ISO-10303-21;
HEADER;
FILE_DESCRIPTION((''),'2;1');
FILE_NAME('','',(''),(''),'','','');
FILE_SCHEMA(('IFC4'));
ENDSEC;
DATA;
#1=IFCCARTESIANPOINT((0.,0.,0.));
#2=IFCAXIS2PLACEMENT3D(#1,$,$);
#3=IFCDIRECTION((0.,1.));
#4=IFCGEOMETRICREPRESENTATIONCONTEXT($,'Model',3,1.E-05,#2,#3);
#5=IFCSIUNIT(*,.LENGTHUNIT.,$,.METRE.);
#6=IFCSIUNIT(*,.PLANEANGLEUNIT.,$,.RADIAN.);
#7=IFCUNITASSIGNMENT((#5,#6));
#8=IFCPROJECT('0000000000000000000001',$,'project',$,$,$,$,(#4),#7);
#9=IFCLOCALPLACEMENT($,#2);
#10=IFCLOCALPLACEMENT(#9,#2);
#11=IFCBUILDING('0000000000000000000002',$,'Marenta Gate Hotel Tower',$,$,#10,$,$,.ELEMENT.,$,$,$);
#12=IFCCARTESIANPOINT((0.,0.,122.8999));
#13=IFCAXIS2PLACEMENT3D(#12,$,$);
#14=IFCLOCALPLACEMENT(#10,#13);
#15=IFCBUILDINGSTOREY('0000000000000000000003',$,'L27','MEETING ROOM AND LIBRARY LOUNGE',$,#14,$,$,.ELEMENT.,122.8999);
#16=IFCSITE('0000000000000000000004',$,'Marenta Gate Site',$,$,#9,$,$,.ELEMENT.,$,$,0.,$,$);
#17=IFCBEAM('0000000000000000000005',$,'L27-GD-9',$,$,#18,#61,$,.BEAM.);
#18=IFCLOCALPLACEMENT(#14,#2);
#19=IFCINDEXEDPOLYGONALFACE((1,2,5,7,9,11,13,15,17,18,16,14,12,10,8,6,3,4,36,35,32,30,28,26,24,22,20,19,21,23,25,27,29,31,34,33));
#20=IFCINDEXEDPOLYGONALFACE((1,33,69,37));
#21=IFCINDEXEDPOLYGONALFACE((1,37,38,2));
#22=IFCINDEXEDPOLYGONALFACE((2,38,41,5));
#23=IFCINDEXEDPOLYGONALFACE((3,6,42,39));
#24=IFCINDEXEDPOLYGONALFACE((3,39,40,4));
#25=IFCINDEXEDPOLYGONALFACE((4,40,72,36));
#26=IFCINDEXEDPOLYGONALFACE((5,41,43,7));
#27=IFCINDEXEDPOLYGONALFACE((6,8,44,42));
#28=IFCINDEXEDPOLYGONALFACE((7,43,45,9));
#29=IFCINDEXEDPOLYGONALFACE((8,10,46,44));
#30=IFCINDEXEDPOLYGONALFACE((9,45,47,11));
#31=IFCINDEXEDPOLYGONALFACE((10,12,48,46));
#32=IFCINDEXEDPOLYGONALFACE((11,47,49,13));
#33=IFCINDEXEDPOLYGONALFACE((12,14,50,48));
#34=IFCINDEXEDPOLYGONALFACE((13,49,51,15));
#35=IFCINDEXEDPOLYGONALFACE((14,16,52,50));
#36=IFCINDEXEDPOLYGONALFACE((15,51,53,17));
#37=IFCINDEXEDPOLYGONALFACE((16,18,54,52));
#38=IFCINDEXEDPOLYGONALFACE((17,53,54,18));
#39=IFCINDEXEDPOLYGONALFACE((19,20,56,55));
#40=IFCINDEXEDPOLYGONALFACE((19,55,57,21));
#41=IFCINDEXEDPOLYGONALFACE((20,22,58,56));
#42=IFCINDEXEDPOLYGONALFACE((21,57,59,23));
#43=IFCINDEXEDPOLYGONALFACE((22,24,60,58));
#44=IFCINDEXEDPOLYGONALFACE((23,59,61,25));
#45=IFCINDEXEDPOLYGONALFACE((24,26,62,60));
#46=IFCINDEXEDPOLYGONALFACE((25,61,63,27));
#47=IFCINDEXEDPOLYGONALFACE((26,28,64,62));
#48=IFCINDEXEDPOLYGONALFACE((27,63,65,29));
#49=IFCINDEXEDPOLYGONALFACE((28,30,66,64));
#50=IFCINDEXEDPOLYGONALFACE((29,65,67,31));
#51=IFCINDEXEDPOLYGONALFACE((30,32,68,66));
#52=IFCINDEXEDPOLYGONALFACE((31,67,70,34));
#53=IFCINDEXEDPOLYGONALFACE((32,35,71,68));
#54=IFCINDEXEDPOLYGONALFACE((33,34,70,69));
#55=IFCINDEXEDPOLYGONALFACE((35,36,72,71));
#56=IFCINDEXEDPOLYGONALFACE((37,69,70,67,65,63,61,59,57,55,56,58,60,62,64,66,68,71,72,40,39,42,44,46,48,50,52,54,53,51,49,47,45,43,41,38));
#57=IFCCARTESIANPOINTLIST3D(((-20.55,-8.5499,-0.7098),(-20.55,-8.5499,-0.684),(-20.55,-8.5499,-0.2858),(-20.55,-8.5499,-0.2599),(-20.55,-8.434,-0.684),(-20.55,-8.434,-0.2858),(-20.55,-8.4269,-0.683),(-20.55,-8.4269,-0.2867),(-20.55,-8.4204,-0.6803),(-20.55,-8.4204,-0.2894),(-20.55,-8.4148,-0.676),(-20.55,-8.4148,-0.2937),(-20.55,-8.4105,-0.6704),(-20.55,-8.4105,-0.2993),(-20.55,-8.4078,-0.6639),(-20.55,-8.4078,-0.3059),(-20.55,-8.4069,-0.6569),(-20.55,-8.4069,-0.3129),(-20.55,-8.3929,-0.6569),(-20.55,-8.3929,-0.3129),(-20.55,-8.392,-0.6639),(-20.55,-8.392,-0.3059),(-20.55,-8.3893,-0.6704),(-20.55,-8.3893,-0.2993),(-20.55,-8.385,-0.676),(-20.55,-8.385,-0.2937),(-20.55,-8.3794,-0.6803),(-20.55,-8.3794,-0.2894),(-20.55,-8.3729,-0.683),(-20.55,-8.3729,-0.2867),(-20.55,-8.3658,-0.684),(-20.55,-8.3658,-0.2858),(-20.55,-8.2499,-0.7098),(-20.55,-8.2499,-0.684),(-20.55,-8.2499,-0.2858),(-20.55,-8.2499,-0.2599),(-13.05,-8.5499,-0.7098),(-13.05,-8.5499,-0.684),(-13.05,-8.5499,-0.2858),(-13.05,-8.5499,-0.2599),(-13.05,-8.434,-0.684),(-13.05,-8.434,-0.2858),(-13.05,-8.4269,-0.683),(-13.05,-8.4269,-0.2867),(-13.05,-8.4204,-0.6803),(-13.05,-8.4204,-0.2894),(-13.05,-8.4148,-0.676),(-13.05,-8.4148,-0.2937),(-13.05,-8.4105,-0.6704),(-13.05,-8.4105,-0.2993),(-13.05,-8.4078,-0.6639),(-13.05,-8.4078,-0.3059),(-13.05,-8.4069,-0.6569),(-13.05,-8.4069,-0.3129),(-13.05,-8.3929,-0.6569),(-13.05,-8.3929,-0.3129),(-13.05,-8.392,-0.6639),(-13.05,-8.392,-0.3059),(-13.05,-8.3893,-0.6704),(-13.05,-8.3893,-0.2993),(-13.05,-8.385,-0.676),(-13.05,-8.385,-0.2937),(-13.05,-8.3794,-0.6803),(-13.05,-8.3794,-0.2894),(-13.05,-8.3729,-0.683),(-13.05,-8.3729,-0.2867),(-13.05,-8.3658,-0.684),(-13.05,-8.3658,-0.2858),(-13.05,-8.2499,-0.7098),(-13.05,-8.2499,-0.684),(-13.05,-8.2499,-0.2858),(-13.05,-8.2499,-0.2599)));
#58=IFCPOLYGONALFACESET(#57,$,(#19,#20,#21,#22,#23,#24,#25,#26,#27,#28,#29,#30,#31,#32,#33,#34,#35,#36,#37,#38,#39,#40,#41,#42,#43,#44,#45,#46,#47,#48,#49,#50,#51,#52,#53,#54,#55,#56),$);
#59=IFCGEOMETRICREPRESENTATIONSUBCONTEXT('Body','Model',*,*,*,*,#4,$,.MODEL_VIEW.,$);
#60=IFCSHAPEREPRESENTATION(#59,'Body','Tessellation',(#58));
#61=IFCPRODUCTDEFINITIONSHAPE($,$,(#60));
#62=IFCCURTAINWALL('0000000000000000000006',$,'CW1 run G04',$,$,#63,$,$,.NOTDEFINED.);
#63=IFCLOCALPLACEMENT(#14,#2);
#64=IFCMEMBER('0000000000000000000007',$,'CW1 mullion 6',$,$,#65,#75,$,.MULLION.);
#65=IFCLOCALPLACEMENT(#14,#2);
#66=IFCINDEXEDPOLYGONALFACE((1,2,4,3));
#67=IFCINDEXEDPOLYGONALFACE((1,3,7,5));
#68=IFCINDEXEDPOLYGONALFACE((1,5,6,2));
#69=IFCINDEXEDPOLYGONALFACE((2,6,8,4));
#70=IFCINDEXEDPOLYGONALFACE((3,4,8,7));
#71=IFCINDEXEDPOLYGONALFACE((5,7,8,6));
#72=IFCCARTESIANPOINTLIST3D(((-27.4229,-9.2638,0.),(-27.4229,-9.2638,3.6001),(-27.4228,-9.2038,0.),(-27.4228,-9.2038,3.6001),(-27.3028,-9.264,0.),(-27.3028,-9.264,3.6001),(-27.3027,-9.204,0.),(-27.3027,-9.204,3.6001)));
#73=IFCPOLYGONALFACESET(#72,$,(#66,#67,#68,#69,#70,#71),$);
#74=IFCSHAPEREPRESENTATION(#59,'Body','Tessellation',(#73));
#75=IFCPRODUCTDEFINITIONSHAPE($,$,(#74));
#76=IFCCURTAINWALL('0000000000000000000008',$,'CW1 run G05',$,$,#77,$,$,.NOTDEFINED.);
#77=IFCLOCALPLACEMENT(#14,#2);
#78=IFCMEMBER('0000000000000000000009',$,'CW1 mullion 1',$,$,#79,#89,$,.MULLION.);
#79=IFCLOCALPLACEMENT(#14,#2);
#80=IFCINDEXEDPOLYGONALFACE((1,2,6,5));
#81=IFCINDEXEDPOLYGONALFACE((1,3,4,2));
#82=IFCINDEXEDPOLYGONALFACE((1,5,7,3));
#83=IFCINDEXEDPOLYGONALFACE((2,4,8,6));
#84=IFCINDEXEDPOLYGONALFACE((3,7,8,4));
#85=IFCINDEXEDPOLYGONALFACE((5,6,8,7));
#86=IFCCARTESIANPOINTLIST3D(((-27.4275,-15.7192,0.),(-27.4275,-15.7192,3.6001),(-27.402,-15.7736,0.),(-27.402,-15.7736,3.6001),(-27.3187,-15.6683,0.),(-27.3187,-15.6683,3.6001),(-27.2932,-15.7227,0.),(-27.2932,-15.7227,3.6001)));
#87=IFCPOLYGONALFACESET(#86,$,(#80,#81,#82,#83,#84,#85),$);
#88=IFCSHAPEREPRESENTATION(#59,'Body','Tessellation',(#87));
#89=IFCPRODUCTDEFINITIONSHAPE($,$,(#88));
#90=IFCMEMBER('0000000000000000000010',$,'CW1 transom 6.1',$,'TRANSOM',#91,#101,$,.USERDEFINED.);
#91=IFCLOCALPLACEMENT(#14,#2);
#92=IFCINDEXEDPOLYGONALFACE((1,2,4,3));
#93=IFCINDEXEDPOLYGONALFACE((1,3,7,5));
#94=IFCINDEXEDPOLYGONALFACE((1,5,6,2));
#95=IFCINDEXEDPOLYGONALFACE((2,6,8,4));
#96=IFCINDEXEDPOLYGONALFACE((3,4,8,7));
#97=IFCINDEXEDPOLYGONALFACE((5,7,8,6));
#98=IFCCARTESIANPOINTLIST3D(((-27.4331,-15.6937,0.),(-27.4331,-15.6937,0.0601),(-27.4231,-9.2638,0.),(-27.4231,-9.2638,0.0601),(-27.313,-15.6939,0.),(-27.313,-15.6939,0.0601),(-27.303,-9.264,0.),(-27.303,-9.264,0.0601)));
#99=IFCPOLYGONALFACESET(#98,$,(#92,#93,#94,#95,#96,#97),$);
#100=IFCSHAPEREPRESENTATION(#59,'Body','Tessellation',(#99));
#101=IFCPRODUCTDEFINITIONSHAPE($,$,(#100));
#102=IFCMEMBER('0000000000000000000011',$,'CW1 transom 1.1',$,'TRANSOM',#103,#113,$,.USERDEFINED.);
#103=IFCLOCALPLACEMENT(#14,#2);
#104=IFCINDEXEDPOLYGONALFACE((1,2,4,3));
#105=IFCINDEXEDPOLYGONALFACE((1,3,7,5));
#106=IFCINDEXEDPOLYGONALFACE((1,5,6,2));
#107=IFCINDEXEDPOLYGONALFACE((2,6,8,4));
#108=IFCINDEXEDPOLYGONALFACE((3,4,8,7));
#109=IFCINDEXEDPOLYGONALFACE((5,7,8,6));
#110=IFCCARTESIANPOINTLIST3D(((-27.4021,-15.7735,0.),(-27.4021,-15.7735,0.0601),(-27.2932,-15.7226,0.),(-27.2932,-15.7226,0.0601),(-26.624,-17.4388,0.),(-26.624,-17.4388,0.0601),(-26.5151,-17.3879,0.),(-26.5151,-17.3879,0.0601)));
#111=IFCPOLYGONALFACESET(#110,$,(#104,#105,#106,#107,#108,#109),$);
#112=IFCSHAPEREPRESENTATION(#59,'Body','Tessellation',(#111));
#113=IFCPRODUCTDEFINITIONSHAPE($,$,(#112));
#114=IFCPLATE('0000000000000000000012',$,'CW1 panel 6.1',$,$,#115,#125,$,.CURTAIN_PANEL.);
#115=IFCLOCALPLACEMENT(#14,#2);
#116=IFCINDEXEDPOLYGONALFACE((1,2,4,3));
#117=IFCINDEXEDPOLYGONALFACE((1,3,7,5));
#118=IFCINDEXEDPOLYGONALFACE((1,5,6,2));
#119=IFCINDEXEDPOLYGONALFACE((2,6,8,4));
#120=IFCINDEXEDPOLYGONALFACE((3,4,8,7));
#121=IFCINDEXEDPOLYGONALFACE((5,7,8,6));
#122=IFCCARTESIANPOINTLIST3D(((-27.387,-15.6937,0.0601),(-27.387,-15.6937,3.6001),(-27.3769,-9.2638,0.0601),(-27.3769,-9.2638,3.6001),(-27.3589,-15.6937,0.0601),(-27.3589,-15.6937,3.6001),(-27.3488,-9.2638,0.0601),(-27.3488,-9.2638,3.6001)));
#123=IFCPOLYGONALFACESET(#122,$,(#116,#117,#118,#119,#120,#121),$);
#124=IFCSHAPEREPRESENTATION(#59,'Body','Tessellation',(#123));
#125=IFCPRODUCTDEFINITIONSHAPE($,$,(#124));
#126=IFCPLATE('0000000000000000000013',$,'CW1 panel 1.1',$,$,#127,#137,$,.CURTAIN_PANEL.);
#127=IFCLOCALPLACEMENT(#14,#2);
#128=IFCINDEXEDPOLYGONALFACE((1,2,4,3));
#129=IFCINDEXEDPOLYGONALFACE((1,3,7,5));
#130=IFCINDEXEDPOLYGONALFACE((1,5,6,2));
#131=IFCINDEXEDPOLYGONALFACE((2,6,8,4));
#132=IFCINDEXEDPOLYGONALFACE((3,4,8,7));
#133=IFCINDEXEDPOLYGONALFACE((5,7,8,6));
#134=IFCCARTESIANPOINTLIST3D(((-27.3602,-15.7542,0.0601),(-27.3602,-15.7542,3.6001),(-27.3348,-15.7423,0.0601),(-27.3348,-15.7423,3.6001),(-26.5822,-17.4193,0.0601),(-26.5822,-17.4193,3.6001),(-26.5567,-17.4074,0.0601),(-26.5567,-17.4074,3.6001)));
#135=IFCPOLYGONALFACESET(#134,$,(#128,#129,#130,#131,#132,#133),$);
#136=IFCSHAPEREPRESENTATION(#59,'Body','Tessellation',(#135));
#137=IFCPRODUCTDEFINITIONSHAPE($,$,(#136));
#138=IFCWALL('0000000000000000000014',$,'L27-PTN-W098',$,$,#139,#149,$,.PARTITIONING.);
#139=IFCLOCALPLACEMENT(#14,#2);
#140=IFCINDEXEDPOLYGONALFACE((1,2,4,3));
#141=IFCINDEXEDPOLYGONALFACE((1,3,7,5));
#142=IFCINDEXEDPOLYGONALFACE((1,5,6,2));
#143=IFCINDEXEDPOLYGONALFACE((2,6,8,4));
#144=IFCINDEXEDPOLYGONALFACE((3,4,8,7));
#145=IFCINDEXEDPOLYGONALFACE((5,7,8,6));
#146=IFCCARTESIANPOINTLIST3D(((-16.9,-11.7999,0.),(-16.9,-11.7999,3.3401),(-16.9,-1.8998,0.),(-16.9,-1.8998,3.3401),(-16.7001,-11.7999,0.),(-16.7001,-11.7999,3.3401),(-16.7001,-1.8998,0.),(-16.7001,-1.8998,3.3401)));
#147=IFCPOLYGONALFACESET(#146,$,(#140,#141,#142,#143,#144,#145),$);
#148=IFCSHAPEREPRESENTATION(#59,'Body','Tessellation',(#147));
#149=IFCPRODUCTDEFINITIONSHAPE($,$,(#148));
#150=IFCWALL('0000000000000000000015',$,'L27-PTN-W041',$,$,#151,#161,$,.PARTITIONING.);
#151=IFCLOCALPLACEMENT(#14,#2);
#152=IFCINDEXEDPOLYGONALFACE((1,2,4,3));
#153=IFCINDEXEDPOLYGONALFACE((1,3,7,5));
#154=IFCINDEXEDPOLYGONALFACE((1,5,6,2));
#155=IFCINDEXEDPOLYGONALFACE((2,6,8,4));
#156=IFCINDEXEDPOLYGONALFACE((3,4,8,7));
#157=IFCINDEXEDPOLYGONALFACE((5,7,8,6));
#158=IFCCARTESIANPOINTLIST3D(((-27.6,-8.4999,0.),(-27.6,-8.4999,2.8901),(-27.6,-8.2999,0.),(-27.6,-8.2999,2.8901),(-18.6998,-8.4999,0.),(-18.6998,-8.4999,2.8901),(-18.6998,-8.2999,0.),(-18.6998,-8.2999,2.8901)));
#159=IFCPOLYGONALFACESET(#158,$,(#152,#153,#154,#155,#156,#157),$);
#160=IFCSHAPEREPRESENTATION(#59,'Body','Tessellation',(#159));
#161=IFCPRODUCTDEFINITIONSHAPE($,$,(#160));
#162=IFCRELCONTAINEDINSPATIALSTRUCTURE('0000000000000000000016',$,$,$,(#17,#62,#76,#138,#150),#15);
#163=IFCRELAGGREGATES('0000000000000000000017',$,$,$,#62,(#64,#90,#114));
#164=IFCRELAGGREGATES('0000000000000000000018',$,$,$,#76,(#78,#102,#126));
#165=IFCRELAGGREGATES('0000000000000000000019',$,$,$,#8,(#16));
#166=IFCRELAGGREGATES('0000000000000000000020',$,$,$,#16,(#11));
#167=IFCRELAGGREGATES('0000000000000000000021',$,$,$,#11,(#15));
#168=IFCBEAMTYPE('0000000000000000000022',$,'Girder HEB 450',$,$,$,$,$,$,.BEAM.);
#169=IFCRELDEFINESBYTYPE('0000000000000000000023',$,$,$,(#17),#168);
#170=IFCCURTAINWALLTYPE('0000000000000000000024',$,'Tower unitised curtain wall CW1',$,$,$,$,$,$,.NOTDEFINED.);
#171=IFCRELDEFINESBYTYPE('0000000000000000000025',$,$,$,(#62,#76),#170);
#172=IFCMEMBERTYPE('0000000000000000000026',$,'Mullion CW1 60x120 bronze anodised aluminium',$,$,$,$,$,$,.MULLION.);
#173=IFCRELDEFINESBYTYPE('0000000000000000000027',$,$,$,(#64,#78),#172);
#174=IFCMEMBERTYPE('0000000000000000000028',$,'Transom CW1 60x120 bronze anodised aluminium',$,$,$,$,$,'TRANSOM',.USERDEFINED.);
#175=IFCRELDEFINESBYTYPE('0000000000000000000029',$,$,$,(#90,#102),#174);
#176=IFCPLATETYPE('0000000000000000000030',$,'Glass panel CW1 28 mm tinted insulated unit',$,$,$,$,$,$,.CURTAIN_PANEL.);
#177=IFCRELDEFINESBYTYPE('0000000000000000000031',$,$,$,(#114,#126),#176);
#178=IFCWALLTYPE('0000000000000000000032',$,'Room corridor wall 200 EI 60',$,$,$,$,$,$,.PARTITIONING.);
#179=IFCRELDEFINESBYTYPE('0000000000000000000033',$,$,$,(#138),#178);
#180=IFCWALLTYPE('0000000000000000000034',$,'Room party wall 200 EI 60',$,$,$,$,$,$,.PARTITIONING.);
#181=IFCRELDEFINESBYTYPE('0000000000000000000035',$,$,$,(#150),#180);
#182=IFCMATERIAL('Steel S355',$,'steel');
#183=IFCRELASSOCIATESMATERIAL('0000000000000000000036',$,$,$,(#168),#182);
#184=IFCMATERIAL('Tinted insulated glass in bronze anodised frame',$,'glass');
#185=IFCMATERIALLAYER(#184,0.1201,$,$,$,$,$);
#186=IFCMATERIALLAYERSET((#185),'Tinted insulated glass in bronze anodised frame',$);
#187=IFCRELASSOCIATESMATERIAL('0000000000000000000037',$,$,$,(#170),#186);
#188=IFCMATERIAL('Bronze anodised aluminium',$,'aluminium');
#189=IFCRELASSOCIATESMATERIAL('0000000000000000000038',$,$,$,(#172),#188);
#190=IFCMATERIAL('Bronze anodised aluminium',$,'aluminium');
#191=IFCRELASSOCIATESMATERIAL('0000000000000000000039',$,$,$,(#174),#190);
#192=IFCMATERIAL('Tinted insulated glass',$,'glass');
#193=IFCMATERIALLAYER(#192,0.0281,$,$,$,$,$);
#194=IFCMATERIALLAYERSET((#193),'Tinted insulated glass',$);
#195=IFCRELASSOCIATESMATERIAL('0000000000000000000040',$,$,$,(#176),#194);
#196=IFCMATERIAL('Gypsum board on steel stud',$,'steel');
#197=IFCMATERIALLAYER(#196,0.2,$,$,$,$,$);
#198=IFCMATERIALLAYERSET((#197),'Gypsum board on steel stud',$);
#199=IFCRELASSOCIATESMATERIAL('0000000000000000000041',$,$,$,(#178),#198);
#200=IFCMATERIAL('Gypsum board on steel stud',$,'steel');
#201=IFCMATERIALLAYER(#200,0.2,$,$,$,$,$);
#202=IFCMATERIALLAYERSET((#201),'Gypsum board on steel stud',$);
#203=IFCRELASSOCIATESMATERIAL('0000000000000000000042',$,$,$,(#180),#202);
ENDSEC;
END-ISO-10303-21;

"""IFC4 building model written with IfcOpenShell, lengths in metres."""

from ifc_helpers import new_model, si_unit, direction, frame, frame_2d, origin, origin_2d, place, context, subcontext, project, spatial, rectangle, i_section, extrude, material, layer, layer_set, material_profile, profile_set, type_object, element, aggregate, save


model = new_model("IFC4")

# Units and contexts
model_context = context("Model", 3, precision=1e-05, world=origin(), true_north=direction((0.0, 1.0)))
body_context = subcontext(model_context, "Body", "Model", "MODEL_VIEW")
ifc_project = project(units=[si_unit("LENGTHUNIT", "METRE"), si_unit("PLANEANGLEUNIT", "RADIAN")], contexts=[model_context])

# Site, building, storey
site_placement = place(None, origin())
site = spatial("IfcSite", under=ifc_project, at=site_placement, Name="Marenta Gate Site", CompositionType="ELEMENT", RefElevation=0.0)
building_placement = place(site_placement, origin())
building = spatial("IfcBuilding", under=site, at=building_placement, Name="Marenta Gate Hotel Tower", CompositionType="ELEMENT")
storey_placement = place(building_placement, frame((0.0, 0.0, 122.8999)))
storey = spatial("IfcBuildingStorey", under=building, at=storey_placement, Name="L27", Description="MEETING ROOM AND LIBRARY LOUNGE", CompositionType="ELEMENT", Elevation=122.8999)

# Beam
ifc_material_1 = material(Name="Steel S355", Category="steel")
ifc_material_profile_1 = material_profile(ifc_material_1, i_section(OverallWidth=0.3, OverallDepth=0.45, WebThickness=0.0139, FlangeThickness=0.0259, FilletRadius=0.0271, at=origin_2d()), Name="HEB 450")
ifc_profile_set_1 = profile_set([ifc_material_profile_1], Name="Steel S355")
beam_type_1 = type_object("IfcBeamType", Name="Girder HEB 450", PredefinedType="BEAM", material=ifc_profile_set_1)
beam_1_placement = place(storey_placement, frame((-20.55, -8.3999, -0.4849), z_axis=(1.0, 0.0, 0.0), x_axis=(0.0, 1.0, 0.0)))
element("IfcBeam", 1, at=beam_1_placement, inside=storey, type_object=beam_type_1, Name="L27-GD-9", PredefinedType="BEAM", context=body_context, shape_type="SweptSolid", body=[
    extrude(i_section(OverallWidth=0.3, OverallDepth=0.45, WebThickness=0.0139, FlangeThickness=0.0259, FilletRadius=0.0271, at=origin_2d()), origin(), (0.0, 0.0, 1.0), 7.5),
])

# Curtain walls, members
ifc_material_2 = material(Name="Tinted insulated glass in bronze anodised frame", Category="glass")
ifc_layer_1 = layer(ifc_material_2, 0.1201)
ifc_layer_set_1 = layer_set([ifc_layer_1], Name="Tinted insulated glass in bronze anodised frame")
curtain_wall_type = type_object("IfcCurtainWallType", Name="Tower unitised curtain wall CW1", PredefinedType="NOTDEFINED", material=ifc_layer_set_1)
curtain_wall_1_placement = place(storey_placement, origin())
curtain_wall_1 = element("IfcCurtainWall", 2, at=curtain_wall_1_placement, inside=storey, type_object=curtain_wall_type, Name="CW1 run G04", PredefinedType="NOTDEFINED")
ifc_material_3 = material(Name="Bronze anodised aluminium", Category="aluminium")
ifc_material_profile_2 = material_profile(ifc_material_3, rectangle(XDim=0.1201, YDim=0.0601, at=origin_2d()), Name="Mullion CW1 60x120 bronze anodised aluminium")
ifc_profile_set_2 = profile_set([ifc_material_profile_2], Name="Bronze anodised aluminium")
member_type_1 = type_object("IfcMemberType", Name="Mullion CW1 60x120 bronze anodised aluminium", PredefinedType="MULLION", material=ifc_profile_set_2)
member_1_placement = place(storey_placement, frame((-27.3628, -9.2339, 0.0), z_axis=(0.0, 0.0, 1.0), x_axis=(0.999999, -0.001566, 0.0)))
member_1 = element("IfcMember", 3, at=member_1_placement, type_object=member_type_1, Name="CW1 mullion 6", PredefinedType="MULLION", context=body_context, shape_type="SweptSolid", body=[
    extrude(rectangle(XDim=0.1201, YDim=0.0601, at=origin_2d()), origin(), (0.0, 0.0, 1.0), 3.6001),
])
curtain_wall_2_placement = place(storey_placement, origin())
curtain_wall_2 = element("IfcCurtainWall", 4, at=curtain_wall_2_placement, inside=storey, type_object=curtain_wall_type, Name="CW1 run G05", PredefinedType="NOTDEFINED")
member_2_placement = place(storey_placement, frame((-27.3604, -15.7209, 0.0), z_axis=(0.0, 0.0, 1.0), x_axis=(0.905968, 0.423347, 0.0)))
member_2 = element("IfcMember", 5, at=member_2_placement, type_object=member_type_1, Name="CW1 mullion 1", PredefinedType="MULLION", context=body_context, shape_type="SweptSolid", body=[
    extrude(rectangle(XDim=0.1201, YDim=0.0601, at=origin_2d()), origin(), (0.0, 0.0, 1.0), 3.6001),
])

# Members
ifc_material_4 = material(Name="Bronze anodised aluminium", Category="aluminium")
ifc_material_profile_3 = material_profile(ifc_material_4, rectangle(XDim=0.1201, YDim=0.0601, at=origin_2d()), Name="Transom CW1 60x120 bronze anodised aluminium")
ifc_profile_set_3 = profile_set([ifc_material_profile_3], Name="Bronze anodised aluminium")
member_type_2 = type_object("IfcMemberType", Name="Transom CW1 60x120 bronze anodised aluminium", ElementType="TRANSOM", PredefinedType="USERDEFINED", material=ifc_profile_set_3)
member_3_placement = place(storey_placement, frame((-27.363, -9.2639, 0.03), z_axis=(-0.001557, -0.999999, 0.0), x_axis=(0.999999, -0.001557, 0.0)))
member_3 = element("IfcMember", 6, at=member_3_placement, type_object=member_type_2, Name="CW1 transom 6.1", ObjectType="TRANSOM", PredefinedType="USERDEFINED", context=body_context, shape_type="SweptSolid", body=[
    extrude(rectangle(XDim=0.1201, YDim=0.0601, at=origin_2d()), origin(), (0.0, 0.0, 1.0), 6.4299),
])
member_4_placement = place(storey_placement, frame((-27.3477, -15.748, 0.03), z_axis=(0.423307, -0.905986, 0.0), x_axis=(0.905986, 0.423307, 0.0)))
member_4 = element("IfcMember", 7, at=member_4_placement, type_object=member_type_2, Name="CW1 transom 1.1", ObjectType="TRANSOM", PredefinedType="USERDEFINED", context=body_context, shape_type="SweptSolid", body=[
    extrude(rectangle(XDim=0.1201, YDim=0.0601, at=origin_2d()), origin(), (0.0, 0.0, 1.0), 1.8381),
])

# Plates
ifc_material_5 = material(Name="Tinted insulated glass", Category="glass")
ifc_layer_2 = layer(ifc_material_5, 0.0281)
ifc_layer_set_2 = layer_set([ifc_layer_2], Name="Tinted insulated glass")
plate_type = type_object("IfcPlateType", Name="Glass panel CW1 28 mm tinted insulated unit", PredefinedType="CURTAIN_PANEL", material=ifc_layer_set_2)
plate_1_placement = place(storey_placement, frame((-27.3679, -12.4788, 0.0601), z_axis=(0.0, 0.0, 1.0), x_axis=(-0.001566, -0.999999, 0.0)))
plate_1 = element("IfcPlate", 8, at=plate_1_placement, type_object=plate_type, Name="CW1 panel 6.1", PredefinedType="CURTAIN_PANEL", context=body_context, shape_type="SweptSolid", body=[
    extrude(rectangle(XDim=6.4299, YDim=0.0281, at=origin_2d()), origin(), (0.0, 0.0, 1.0), 3.54),
])
aggregate(curtain_wall_1, [member_1, member_3, plate_1])
plate_2_placement = place(storey_placement, frame((-26.9585, -16.5808, 0.0601), z_axis=(0.0, 0.0, 1.0), x_axis=(0.423347, -0.905968, 0.0)))
plate_2 = element("IfcPlate", 9, at=plate_2_placement, type_object=plate_type, Name="CW1 panel 1.1", PredefinedType="CURTAIN_PANEL", context=body_context, shape_type="SweptSolid", body=[
    extrude(rectangle(XDim=1.8379, YDim=0.0281, at=origin_2d()), origin(), (0.0, 0.0, 1.0), 3.54),
])
aggregate(curtain_wall_2, [member_2, member_4, plate_2])

# Walls
ifc_material_6 = material(Name="Gypsum board on steel stud", Category="steel")
ifc_layer_3 = layer(ifc_material_6, 0.2)
ifc_layer_set_3 = layer_set([ifc_layer_3], Name="Gypsum board on steel stud")
wall_type_1 = type_object("IfcWallType", Name="Room corridor wall 200 EI 60", PredefinedType="PARTITIONING", material=ifc_layer_set_3)
wall_1_placement = place(storey_placement, frame((-16.8, -11.8, 0.0), z_axis=(0.0, 0.0, 1.0), x_axis=(0.0, 1.0, 0.0)))
element("IfcWall", 10, at=wall_1_placement, inside=storey, type_object=wall_type_1, Name="L27-PTN-W098", PredefinedType="PARTITIONING", context=body_context, shape_type="SweptSolid", body=[
    extrude(rectangle(XDim=9.9001, YDim=0.2, at=frame_2d((4.9502, 0.0))), origin(), (0.0, 0.0, 1.0), 3.3401),
])
ifc_material_7 = material(Name="Gypsum board on steel stud", Category="steel")
ifc_layer_4 = layer(ifc_material_7, 0.2)
ifc_layer_set_4 = layer_set([ifc_layer_4], Name="Gypsum board on steel stud")
wall_type_2 = type_object("IfcWallType", Name="Room party wall 200 EI 60", PredefinedType="PARTITIONING", material=ifc_layer_set_4)
wall_2_placement = place(storey_placement, frame((-27.6001, -8.3999, 0.0), z_axis=(0.0, 0.0, 1.0), x_axis=(1.0, 0.0, 0.0)))
element("IfcWall", 11, at=wall_2_placement, inside=storey, type_object=wall_type_2, Name="L27-PTN-W041", PredefinedType="PARTITIONING", context=body_context, shape_type="SweptSolid", body=[
    extrude(rectangle(XDim=8.9001, YDim=0.2, at=frame_2d((4.4502, 0.0))), origin(), (0.0, 0.0, 1.0), 2.8901),
])

save(model, "model.ifc")
